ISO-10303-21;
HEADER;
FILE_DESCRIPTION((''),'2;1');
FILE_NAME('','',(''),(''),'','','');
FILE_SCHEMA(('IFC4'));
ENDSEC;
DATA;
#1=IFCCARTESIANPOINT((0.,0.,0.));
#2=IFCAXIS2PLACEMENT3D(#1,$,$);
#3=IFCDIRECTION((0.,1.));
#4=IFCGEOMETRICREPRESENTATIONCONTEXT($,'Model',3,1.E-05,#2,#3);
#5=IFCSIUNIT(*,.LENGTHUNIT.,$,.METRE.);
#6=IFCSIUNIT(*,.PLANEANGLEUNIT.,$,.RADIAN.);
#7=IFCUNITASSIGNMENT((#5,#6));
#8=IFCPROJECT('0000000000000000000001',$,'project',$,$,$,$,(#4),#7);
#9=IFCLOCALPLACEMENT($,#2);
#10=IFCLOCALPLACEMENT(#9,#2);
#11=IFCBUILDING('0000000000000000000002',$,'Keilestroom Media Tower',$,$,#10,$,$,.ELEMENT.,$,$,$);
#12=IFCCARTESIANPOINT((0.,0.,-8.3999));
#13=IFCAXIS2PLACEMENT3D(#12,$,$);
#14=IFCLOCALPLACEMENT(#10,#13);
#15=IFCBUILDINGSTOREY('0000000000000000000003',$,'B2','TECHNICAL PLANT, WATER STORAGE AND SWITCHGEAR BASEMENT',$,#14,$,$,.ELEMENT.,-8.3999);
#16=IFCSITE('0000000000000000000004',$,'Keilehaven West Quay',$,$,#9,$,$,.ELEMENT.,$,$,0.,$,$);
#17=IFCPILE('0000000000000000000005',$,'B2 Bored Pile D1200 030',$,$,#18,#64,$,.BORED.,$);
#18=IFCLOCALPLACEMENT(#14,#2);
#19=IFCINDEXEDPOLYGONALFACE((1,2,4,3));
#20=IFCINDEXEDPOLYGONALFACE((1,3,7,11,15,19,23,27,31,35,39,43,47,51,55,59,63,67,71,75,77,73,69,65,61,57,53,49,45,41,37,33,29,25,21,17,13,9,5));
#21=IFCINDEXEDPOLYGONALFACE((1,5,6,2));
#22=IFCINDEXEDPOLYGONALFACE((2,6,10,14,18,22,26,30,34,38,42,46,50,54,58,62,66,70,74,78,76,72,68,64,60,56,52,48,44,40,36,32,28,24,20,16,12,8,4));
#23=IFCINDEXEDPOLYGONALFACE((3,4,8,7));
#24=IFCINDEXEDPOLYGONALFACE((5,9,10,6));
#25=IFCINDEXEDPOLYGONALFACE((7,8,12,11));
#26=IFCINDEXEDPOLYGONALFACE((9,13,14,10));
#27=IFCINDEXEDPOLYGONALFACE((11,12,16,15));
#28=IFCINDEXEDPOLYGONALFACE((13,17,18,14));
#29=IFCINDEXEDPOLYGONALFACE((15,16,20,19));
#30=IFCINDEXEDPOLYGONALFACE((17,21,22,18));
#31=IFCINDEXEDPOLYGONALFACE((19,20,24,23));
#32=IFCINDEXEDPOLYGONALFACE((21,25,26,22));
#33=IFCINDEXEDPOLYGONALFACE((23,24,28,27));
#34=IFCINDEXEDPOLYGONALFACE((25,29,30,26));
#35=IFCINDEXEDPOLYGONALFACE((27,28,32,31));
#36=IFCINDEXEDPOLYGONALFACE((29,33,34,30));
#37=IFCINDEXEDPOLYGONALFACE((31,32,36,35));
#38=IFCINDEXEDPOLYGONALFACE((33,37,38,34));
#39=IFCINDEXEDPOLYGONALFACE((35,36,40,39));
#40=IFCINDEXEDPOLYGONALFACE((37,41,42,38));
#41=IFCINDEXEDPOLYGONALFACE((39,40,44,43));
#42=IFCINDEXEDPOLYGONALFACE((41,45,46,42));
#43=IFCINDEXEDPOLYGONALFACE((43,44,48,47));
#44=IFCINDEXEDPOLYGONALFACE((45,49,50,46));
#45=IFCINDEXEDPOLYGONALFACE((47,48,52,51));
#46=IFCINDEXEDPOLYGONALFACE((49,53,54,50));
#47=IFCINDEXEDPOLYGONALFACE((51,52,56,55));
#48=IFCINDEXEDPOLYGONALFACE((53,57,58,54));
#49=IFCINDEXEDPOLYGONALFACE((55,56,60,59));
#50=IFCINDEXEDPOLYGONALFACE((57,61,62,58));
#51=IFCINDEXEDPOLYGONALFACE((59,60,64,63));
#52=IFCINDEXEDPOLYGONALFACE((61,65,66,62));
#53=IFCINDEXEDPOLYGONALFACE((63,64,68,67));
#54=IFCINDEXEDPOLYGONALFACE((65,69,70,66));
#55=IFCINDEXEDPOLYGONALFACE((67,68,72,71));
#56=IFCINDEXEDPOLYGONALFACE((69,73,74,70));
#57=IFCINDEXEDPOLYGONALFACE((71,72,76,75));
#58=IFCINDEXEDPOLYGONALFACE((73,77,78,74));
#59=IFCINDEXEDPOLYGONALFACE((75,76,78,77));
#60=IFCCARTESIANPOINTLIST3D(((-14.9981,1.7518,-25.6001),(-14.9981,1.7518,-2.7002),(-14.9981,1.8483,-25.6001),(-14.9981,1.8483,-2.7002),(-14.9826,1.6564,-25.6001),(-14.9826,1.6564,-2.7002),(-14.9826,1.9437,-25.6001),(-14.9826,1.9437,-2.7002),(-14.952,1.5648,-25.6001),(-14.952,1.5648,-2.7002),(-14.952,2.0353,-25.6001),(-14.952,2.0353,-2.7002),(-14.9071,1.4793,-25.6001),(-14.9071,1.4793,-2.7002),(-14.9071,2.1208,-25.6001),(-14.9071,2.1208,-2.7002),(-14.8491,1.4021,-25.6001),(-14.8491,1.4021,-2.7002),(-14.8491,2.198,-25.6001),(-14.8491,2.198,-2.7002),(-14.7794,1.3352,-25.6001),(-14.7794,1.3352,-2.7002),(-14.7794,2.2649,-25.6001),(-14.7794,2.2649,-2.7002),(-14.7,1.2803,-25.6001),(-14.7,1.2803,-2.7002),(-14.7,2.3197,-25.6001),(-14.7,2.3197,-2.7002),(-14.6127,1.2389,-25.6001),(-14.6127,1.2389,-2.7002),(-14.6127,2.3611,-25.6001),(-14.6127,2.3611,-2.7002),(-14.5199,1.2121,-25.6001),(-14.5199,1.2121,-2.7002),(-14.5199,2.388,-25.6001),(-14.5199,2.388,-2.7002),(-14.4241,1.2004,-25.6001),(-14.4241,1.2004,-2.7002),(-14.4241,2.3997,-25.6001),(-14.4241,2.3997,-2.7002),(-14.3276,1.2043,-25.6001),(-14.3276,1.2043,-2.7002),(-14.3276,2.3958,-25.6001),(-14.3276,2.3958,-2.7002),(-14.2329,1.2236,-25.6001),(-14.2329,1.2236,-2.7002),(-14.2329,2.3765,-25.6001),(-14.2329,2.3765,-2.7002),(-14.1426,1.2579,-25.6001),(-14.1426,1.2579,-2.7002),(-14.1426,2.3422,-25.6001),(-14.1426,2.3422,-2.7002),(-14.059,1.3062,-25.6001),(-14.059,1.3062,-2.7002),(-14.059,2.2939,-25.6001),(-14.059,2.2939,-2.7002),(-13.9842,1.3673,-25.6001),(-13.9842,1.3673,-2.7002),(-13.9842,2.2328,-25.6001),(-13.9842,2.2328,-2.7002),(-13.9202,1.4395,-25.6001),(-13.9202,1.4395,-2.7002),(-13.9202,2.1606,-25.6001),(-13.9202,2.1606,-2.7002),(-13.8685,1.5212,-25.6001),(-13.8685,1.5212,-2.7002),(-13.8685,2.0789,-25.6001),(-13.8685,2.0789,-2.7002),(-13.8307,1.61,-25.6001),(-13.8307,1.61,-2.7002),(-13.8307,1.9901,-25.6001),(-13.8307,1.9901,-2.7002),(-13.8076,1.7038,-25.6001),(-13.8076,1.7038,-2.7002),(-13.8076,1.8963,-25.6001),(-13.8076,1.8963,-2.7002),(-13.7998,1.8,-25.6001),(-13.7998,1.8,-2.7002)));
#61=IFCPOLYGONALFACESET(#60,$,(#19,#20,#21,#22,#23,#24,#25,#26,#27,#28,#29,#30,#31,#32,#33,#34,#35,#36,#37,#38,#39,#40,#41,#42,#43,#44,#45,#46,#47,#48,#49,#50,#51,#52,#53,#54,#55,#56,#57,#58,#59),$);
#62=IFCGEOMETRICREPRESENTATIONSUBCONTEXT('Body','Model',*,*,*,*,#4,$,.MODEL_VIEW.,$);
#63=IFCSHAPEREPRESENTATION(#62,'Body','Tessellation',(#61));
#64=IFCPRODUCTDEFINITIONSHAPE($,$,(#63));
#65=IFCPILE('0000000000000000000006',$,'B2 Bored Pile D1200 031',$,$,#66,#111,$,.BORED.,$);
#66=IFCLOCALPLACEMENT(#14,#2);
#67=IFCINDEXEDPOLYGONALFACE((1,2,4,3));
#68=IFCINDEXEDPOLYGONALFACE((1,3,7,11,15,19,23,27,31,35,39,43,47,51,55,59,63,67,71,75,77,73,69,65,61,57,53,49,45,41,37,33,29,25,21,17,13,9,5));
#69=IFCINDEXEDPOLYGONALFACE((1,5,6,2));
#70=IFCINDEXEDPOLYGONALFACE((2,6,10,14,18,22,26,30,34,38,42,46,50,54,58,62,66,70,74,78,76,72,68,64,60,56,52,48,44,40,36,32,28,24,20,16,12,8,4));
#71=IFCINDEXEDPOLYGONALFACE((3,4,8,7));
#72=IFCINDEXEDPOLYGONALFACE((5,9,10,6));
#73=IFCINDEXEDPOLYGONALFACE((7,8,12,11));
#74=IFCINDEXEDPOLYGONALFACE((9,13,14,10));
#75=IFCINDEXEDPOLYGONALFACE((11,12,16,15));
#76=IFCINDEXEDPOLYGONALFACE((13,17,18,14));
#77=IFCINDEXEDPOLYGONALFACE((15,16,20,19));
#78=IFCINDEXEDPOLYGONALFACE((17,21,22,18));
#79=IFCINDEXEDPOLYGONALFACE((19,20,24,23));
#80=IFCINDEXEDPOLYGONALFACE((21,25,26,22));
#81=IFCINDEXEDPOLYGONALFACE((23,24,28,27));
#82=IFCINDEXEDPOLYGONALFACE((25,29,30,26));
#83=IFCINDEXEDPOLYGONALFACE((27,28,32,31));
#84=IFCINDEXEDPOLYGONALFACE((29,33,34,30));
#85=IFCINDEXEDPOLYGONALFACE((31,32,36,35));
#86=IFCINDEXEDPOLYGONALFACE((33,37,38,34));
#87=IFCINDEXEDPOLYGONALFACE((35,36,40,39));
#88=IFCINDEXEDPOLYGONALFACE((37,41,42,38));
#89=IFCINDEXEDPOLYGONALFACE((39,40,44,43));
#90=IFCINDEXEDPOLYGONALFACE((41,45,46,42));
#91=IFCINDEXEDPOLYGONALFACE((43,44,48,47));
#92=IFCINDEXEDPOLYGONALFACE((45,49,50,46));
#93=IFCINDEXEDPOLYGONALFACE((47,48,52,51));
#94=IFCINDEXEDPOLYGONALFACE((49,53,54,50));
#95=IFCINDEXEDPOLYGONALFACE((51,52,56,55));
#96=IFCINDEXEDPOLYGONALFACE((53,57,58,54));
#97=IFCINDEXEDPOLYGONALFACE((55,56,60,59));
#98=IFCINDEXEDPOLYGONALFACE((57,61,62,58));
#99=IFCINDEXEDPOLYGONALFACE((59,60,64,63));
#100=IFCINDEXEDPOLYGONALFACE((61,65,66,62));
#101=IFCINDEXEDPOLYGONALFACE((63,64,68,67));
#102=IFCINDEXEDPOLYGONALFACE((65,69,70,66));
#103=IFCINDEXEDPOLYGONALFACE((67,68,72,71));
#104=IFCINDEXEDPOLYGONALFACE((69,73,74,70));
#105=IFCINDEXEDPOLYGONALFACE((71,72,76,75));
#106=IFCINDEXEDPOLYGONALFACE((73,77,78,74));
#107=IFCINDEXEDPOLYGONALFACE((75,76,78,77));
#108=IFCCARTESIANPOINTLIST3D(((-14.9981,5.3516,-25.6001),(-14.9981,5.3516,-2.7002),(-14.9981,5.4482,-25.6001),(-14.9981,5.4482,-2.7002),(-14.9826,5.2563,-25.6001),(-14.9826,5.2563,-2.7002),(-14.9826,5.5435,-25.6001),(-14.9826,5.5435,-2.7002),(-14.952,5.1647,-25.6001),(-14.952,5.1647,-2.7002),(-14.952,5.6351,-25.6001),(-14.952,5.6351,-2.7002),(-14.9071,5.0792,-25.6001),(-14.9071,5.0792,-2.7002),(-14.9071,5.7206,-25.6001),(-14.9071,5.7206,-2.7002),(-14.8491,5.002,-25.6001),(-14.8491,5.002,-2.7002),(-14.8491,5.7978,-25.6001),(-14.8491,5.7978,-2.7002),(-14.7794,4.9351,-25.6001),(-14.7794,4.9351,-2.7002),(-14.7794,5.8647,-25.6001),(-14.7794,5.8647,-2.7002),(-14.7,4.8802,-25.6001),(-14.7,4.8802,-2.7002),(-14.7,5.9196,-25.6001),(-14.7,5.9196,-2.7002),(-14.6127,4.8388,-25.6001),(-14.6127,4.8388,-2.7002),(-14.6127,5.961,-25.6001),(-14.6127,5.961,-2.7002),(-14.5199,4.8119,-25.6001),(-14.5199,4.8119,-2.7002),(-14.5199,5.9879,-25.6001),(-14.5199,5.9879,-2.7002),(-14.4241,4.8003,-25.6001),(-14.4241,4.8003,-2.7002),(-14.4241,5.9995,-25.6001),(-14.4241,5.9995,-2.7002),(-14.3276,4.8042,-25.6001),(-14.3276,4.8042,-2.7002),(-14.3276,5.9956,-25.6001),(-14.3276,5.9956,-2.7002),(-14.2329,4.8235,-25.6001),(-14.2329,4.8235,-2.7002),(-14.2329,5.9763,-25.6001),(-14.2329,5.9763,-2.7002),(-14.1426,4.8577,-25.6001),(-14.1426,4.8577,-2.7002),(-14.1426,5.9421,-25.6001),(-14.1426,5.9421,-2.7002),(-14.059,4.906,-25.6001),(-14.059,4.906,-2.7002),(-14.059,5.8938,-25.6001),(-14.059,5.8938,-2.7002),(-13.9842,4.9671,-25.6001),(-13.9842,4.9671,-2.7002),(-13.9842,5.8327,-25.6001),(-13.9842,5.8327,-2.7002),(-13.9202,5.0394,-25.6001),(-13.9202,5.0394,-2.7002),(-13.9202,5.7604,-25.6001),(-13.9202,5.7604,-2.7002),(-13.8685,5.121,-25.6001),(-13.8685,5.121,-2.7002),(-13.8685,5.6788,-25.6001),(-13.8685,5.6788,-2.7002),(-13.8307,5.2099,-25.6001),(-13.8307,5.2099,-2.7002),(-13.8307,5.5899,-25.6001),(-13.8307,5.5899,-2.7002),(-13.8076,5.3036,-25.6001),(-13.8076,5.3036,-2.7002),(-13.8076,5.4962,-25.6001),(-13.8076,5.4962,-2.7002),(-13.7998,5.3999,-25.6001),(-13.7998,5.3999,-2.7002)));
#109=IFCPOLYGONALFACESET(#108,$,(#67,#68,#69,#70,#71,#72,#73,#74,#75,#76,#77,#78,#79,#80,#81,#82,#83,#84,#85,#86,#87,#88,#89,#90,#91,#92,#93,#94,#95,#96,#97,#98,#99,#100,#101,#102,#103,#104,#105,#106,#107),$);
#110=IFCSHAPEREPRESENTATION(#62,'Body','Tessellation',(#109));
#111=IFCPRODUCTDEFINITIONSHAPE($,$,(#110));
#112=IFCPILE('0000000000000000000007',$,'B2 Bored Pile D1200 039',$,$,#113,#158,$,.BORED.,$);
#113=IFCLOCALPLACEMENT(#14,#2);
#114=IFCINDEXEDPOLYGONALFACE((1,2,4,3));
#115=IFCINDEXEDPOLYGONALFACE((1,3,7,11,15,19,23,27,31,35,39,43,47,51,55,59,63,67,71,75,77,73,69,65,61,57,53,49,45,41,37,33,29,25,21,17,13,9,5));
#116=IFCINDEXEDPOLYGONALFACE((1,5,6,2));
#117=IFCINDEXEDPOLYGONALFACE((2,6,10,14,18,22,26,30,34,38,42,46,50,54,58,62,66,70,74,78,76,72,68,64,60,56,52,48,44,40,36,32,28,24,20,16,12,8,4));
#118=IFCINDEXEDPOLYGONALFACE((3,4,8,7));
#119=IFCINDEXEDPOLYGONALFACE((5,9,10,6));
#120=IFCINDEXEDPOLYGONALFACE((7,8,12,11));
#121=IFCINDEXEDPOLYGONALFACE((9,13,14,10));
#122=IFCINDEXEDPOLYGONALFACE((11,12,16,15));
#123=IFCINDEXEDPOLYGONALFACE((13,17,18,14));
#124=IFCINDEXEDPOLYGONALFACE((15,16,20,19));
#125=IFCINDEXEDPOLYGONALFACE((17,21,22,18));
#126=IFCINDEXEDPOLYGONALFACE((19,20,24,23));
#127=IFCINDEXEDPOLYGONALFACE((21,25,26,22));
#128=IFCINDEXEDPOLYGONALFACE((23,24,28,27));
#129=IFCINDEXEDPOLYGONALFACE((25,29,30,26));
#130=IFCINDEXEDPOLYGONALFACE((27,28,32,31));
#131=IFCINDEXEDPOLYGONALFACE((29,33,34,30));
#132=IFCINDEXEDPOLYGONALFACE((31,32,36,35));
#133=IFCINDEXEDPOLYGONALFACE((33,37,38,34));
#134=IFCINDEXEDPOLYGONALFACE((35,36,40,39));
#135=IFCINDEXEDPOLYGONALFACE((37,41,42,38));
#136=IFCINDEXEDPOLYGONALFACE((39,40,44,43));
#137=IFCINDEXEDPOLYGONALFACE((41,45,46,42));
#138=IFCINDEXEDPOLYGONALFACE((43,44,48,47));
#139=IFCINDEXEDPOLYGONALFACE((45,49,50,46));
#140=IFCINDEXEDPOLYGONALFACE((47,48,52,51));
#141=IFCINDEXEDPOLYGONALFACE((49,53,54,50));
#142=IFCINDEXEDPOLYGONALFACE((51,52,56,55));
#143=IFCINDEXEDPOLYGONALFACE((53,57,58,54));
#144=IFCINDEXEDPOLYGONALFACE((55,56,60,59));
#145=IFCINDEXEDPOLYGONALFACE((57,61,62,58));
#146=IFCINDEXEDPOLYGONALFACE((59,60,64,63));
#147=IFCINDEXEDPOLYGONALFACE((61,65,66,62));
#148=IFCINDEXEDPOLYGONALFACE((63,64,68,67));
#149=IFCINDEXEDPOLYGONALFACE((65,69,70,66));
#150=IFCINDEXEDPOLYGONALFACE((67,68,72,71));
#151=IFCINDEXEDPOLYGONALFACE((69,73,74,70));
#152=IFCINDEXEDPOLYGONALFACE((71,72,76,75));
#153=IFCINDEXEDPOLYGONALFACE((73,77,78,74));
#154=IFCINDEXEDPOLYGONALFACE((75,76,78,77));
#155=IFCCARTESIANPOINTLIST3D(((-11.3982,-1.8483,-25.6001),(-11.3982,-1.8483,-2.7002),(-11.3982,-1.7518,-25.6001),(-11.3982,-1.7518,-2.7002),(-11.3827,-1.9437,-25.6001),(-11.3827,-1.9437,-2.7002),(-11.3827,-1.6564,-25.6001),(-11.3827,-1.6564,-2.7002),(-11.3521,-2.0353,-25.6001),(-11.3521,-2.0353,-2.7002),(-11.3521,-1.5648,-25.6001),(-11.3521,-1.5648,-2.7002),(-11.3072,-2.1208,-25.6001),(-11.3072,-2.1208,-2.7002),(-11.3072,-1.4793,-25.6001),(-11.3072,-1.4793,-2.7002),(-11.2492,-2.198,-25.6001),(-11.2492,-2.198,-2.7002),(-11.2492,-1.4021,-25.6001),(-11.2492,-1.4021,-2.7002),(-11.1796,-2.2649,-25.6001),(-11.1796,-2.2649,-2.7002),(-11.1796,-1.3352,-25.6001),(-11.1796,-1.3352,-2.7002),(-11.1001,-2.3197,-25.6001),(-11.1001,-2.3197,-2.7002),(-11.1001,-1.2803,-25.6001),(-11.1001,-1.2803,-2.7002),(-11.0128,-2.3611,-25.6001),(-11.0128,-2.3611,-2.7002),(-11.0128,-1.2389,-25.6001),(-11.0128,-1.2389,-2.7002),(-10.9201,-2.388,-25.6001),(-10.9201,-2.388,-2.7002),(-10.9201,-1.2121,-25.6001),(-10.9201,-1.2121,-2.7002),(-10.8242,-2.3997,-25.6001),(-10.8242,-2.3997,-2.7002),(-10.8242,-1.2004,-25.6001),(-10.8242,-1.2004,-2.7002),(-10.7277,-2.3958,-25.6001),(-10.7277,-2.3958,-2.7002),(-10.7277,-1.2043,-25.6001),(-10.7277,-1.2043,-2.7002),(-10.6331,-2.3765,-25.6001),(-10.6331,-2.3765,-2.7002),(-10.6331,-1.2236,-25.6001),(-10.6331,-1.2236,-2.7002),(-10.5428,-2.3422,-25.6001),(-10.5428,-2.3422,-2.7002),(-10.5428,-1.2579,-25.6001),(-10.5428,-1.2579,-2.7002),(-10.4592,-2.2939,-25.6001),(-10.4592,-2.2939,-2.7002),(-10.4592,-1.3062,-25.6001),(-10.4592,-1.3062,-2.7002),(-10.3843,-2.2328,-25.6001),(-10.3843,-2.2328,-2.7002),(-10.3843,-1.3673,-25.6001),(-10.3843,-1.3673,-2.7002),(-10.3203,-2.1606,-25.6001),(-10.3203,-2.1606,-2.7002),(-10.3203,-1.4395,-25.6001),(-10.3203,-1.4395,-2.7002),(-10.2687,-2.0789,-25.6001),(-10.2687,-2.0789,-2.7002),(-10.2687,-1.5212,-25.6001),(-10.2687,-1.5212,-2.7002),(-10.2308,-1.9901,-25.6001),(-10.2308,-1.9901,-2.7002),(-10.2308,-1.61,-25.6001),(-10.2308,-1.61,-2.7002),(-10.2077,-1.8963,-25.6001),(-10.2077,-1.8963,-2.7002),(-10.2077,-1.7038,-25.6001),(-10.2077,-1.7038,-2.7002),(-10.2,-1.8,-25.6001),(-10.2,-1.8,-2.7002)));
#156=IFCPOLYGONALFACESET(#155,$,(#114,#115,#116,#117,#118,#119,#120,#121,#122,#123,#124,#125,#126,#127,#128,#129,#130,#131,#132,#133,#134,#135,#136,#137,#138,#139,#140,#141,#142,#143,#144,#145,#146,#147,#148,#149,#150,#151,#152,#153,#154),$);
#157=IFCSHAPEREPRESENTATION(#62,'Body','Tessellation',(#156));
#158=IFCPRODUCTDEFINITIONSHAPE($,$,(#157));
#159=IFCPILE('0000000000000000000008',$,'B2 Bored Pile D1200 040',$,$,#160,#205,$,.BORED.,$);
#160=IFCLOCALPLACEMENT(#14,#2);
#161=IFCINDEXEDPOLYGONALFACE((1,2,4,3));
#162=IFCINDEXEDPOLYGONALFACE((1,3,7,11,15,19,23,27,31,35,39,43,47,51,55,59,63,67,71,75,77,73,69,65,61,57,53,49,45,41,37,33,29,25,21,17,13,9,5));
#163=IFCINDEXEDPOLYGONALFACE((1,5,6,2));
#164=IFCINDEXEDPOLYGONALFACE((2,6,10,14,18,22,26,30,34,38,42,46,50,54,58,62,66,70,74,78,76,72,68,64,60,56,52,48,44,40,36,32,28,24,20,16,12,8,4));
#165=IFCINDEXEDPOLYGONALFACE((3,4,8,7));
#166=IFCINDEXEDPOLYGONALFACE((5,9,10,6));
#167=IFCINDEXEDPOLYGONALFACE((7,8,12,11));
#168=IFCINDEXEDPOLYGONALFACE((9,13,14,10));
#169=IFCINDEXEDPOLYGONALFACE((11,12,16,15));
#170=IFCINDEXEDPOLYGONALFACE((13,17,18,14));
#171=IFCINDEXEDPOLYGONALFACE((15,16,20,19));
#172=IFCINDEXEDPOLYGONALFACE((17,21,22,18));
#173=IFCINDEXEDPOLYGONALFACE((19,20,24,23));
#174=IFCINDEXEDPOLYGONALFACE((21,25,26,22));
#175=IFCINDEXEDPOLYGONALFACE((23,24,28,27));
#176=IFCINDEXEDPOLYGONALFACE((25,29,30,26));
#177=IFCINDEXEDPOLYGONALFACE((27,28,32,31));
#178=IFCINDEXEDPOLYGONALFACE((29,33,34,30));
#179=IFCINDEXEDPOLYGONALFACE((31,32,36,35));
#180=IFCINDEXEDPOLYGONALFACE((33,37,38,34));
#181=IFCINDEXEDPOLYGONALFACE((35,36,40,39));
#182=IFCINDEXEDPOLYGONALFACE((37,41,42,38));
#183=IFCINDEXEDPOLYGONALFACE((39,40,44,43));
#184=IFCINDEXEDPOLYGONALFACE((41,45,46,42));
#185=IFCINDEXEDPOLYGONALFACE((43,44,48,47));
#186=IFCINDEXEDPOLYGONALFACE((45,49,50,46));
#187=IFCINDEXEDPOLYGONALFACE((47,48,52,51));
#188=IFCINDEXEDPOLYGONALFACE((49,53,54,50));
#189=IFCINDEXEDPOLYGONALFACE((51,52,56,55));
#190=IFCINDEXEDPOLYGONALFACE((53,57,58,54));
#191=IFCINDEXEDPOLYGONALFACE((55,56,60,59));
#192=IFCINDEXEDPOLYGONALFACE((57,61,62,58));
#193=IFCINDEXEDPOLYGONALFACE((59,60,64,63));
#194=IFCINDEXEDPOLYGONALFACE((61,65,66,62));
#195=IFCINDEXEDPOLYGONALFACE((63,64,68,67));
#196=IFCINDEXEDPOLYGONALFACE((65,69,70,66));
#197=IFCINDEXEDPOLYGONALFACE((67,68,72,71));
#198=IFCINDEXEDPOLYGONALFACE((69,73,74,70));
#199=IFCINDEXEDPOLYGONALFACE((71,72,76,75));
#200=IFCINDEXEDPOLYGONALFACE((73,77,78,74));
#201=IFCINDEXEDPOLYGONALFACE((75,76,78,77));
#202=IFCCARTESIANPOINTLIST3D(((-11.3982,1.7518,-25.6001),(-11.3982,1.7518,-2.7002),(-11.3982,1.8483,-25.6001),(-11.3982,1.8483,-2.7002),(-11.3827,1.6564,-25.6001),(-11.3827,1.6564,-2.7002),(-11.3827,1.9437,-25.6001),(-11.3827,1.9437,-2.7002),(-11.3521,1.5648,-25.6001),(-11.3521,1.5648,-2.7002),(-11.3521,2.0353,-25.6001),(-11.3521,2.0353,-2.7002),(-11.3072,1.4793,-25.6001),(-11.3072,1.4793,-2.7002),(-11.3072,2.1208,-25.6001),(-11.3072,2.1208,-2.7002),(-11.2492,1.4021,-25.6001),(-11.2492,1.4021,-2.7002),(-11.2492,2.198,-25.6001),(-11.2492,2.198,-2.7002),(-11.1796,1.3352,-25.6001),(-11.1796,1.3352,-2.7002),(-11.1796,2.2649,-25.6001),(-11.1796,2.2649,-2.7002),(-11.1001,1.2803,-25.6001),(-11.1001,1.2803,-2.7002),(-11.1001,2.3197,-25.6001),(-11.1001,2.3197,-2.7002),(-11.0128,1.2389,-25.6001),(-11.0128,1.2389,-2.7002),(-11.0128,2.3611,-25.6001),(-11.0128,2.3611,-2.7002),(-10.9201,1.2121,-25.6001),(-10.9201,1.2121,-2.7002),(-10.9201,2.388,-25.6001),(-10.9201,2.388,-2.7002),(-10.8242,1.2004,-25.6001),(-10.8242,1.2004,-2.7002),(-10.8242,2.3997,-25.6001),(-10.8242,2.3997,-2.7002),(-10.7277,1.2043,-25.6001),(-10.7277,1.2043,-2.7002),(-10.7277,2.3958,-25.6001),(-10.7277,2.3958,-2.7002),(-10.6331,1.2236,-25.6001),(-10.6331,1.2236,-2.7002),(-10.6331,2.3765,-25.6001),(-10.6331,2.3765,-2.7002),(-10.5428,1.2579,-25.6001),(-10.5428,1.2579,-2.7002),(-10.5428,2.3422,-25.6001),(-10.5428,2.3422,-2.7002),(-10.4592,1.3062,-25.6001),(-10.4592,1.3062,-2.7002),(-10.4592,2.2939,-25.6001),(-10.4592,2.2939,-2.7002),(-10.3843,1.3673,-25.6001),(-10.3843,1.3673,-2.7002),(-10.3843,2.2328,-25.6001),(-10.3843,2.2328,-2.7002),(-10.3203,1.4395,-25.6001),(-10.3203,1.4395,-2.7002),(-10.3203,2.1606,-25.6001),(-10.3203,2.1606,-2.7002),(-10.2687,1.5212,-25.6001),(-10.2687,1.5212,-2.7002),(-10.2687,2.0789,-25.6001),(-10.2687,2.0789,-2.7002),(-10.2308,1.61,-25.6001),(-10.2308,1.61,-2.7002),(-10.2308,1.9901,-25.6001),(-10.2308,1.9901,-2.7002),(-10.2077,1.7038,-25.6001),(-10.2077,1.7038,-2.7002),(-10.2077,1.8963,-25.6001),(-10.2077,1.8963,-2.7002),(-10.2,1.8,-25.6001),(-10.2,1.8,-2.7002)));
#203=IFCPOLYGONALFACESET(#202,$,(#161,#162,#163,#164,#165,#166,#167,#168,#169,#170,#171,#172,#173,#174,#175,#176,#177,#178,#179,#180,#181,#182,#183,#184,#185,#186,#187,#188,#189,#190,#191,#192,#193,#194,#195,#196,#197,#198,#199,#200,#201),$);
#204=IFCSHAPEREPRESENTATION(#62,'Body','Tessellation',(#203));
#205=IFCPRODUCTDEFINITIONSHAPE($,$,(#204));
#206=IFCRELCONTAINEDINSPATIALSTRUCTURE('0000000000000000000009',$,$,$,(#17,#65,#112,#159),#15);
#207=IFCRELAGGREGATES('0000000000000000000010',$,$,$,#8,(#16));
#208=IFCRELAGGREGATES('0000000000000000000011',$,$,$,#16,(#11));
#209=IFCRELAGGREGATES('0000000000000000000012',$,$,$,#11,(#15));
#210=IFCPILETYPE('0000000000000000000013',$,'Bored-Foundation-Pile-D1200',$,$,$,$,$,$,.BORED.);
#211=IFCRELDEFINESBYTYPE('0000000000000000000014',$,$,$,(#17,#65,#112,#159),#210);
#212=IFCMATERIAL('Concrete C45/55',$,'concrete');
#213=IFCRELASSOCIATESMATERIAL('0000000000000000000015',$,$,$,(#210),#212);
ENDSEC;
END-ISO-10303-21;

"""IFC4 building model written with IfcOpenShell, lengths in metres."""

from ifc_helpers import new_model, si_unit, direction, frame, origin, origin_2d, place, context, subcontext, project, spatial, circle, extrude, source, transform, mapped, material, material_profile, profile_set, type_object, element, save


model = new_model("IFC4")

# Units and contexts
model_context = context("Model", 3, precision=1e-05, world=origin(), true_north=direction((0.0, 1.0)))
body_context = subcontext(model_context, "Body", "Model", "MODEL_VIEW")
ifc_project = project(units=[si_unit("LENGTHUNIT", "METRE"), si_unit("PLANEANGLEUNIT", "RADIAN")], contexts=[model_context])

# Site, building, storey
site_placement = place(None, origin())
site = spatial("IfcSite", under=ifc_project, at=site_placement, Name="Keilehaven West Quay", CompositionType="ELEMENT", RefElevation=0.0)
building_placement = place(site_placement, origin())
building = spatial("IfcBuilding", under=site, at=building_placement, Name="Keilestroom Media Tower", CompositionType="ELEMENT")
storey_placement = place(building_placement, frame((0.0, 0.0, -8.3999)))
storey = spatial("IfcBuildingStorey", under=building, at=storey_placement, Name="B2", Description="TECHNICAL PLANT, WATER STORAGE AND SWITCHGEAR BASEMENT", CompositionType="ELEMENT", Elevation=-8.3999)

# Piles
ifc_material_1 = material(Name="Concrete C45/55", Category="concrete")
ifc_material_profile_1 = material_profile(ifc_material_1, circle(Radius=0.6001, at=origin_2d()), Name="BORED PILE D1200")
ifc_profile_set_1 = profile_set([ifc_material_profile_1], Name="Concrete C45/55")
pile_type = type_object("IfcPileType", Name="Bored-Foundation-Pile-D1200", PredefinedType="BORED", material=ifc_profile_set_1)
shared_shape_1 = source(origin(), body_context, "Body", "SweptSolid", [
    extrude(circle(Radius=0.6001, at=origin_2d()), origin(), (0.0, 0.0, 1.0), 22.8999),
])
for number, where, z_axis, x_axis, name in (
    (1, (-14.3999, 1.8, -2.7002), (0.0, 0.0, -1.0), (1.0, 0.0, 0.0), "B2 Bored Pile D1200 030"),
    (2, (-14.3999, 5.3999, -2.7002), (0.0, 0.0, -1.0), (1.0, 0.0, 0.0), "B2 Bored Pile D1200 031"),
    (3, (-10.8, -1.8, -2.7002), (0.0, 0.0, -1.0), (1.0, 0.0, 0.0), "B2 Bored Pile D1200 039"),
    (4, (-10.8, 1.8, -2.7002), (0.0, 0.0, -1.0), (1.0, 0.0, 0.0), "B2 Bored Pile D1200 040"),
):
    element("IfcPile", number, at=place(storey_placement, frame(where, z_axis=z_axis, x_axis=x_axis)), inside=storey, type_object=pile_type, Name=name, PredefinedType="BORED", context=body_context, shape_type="MappedRepresentation", body=[
        mapped(shared_shape_1, transform((0.0, 0.0, 0.0), x_axis=(1.0, 0.0, 0.0), y_axis=(0.0, 1.0, 0.0), z_axis=(0.0, 0.0, 1.0), scale=1.0)),
    ])

save(model, "model.ifc")
